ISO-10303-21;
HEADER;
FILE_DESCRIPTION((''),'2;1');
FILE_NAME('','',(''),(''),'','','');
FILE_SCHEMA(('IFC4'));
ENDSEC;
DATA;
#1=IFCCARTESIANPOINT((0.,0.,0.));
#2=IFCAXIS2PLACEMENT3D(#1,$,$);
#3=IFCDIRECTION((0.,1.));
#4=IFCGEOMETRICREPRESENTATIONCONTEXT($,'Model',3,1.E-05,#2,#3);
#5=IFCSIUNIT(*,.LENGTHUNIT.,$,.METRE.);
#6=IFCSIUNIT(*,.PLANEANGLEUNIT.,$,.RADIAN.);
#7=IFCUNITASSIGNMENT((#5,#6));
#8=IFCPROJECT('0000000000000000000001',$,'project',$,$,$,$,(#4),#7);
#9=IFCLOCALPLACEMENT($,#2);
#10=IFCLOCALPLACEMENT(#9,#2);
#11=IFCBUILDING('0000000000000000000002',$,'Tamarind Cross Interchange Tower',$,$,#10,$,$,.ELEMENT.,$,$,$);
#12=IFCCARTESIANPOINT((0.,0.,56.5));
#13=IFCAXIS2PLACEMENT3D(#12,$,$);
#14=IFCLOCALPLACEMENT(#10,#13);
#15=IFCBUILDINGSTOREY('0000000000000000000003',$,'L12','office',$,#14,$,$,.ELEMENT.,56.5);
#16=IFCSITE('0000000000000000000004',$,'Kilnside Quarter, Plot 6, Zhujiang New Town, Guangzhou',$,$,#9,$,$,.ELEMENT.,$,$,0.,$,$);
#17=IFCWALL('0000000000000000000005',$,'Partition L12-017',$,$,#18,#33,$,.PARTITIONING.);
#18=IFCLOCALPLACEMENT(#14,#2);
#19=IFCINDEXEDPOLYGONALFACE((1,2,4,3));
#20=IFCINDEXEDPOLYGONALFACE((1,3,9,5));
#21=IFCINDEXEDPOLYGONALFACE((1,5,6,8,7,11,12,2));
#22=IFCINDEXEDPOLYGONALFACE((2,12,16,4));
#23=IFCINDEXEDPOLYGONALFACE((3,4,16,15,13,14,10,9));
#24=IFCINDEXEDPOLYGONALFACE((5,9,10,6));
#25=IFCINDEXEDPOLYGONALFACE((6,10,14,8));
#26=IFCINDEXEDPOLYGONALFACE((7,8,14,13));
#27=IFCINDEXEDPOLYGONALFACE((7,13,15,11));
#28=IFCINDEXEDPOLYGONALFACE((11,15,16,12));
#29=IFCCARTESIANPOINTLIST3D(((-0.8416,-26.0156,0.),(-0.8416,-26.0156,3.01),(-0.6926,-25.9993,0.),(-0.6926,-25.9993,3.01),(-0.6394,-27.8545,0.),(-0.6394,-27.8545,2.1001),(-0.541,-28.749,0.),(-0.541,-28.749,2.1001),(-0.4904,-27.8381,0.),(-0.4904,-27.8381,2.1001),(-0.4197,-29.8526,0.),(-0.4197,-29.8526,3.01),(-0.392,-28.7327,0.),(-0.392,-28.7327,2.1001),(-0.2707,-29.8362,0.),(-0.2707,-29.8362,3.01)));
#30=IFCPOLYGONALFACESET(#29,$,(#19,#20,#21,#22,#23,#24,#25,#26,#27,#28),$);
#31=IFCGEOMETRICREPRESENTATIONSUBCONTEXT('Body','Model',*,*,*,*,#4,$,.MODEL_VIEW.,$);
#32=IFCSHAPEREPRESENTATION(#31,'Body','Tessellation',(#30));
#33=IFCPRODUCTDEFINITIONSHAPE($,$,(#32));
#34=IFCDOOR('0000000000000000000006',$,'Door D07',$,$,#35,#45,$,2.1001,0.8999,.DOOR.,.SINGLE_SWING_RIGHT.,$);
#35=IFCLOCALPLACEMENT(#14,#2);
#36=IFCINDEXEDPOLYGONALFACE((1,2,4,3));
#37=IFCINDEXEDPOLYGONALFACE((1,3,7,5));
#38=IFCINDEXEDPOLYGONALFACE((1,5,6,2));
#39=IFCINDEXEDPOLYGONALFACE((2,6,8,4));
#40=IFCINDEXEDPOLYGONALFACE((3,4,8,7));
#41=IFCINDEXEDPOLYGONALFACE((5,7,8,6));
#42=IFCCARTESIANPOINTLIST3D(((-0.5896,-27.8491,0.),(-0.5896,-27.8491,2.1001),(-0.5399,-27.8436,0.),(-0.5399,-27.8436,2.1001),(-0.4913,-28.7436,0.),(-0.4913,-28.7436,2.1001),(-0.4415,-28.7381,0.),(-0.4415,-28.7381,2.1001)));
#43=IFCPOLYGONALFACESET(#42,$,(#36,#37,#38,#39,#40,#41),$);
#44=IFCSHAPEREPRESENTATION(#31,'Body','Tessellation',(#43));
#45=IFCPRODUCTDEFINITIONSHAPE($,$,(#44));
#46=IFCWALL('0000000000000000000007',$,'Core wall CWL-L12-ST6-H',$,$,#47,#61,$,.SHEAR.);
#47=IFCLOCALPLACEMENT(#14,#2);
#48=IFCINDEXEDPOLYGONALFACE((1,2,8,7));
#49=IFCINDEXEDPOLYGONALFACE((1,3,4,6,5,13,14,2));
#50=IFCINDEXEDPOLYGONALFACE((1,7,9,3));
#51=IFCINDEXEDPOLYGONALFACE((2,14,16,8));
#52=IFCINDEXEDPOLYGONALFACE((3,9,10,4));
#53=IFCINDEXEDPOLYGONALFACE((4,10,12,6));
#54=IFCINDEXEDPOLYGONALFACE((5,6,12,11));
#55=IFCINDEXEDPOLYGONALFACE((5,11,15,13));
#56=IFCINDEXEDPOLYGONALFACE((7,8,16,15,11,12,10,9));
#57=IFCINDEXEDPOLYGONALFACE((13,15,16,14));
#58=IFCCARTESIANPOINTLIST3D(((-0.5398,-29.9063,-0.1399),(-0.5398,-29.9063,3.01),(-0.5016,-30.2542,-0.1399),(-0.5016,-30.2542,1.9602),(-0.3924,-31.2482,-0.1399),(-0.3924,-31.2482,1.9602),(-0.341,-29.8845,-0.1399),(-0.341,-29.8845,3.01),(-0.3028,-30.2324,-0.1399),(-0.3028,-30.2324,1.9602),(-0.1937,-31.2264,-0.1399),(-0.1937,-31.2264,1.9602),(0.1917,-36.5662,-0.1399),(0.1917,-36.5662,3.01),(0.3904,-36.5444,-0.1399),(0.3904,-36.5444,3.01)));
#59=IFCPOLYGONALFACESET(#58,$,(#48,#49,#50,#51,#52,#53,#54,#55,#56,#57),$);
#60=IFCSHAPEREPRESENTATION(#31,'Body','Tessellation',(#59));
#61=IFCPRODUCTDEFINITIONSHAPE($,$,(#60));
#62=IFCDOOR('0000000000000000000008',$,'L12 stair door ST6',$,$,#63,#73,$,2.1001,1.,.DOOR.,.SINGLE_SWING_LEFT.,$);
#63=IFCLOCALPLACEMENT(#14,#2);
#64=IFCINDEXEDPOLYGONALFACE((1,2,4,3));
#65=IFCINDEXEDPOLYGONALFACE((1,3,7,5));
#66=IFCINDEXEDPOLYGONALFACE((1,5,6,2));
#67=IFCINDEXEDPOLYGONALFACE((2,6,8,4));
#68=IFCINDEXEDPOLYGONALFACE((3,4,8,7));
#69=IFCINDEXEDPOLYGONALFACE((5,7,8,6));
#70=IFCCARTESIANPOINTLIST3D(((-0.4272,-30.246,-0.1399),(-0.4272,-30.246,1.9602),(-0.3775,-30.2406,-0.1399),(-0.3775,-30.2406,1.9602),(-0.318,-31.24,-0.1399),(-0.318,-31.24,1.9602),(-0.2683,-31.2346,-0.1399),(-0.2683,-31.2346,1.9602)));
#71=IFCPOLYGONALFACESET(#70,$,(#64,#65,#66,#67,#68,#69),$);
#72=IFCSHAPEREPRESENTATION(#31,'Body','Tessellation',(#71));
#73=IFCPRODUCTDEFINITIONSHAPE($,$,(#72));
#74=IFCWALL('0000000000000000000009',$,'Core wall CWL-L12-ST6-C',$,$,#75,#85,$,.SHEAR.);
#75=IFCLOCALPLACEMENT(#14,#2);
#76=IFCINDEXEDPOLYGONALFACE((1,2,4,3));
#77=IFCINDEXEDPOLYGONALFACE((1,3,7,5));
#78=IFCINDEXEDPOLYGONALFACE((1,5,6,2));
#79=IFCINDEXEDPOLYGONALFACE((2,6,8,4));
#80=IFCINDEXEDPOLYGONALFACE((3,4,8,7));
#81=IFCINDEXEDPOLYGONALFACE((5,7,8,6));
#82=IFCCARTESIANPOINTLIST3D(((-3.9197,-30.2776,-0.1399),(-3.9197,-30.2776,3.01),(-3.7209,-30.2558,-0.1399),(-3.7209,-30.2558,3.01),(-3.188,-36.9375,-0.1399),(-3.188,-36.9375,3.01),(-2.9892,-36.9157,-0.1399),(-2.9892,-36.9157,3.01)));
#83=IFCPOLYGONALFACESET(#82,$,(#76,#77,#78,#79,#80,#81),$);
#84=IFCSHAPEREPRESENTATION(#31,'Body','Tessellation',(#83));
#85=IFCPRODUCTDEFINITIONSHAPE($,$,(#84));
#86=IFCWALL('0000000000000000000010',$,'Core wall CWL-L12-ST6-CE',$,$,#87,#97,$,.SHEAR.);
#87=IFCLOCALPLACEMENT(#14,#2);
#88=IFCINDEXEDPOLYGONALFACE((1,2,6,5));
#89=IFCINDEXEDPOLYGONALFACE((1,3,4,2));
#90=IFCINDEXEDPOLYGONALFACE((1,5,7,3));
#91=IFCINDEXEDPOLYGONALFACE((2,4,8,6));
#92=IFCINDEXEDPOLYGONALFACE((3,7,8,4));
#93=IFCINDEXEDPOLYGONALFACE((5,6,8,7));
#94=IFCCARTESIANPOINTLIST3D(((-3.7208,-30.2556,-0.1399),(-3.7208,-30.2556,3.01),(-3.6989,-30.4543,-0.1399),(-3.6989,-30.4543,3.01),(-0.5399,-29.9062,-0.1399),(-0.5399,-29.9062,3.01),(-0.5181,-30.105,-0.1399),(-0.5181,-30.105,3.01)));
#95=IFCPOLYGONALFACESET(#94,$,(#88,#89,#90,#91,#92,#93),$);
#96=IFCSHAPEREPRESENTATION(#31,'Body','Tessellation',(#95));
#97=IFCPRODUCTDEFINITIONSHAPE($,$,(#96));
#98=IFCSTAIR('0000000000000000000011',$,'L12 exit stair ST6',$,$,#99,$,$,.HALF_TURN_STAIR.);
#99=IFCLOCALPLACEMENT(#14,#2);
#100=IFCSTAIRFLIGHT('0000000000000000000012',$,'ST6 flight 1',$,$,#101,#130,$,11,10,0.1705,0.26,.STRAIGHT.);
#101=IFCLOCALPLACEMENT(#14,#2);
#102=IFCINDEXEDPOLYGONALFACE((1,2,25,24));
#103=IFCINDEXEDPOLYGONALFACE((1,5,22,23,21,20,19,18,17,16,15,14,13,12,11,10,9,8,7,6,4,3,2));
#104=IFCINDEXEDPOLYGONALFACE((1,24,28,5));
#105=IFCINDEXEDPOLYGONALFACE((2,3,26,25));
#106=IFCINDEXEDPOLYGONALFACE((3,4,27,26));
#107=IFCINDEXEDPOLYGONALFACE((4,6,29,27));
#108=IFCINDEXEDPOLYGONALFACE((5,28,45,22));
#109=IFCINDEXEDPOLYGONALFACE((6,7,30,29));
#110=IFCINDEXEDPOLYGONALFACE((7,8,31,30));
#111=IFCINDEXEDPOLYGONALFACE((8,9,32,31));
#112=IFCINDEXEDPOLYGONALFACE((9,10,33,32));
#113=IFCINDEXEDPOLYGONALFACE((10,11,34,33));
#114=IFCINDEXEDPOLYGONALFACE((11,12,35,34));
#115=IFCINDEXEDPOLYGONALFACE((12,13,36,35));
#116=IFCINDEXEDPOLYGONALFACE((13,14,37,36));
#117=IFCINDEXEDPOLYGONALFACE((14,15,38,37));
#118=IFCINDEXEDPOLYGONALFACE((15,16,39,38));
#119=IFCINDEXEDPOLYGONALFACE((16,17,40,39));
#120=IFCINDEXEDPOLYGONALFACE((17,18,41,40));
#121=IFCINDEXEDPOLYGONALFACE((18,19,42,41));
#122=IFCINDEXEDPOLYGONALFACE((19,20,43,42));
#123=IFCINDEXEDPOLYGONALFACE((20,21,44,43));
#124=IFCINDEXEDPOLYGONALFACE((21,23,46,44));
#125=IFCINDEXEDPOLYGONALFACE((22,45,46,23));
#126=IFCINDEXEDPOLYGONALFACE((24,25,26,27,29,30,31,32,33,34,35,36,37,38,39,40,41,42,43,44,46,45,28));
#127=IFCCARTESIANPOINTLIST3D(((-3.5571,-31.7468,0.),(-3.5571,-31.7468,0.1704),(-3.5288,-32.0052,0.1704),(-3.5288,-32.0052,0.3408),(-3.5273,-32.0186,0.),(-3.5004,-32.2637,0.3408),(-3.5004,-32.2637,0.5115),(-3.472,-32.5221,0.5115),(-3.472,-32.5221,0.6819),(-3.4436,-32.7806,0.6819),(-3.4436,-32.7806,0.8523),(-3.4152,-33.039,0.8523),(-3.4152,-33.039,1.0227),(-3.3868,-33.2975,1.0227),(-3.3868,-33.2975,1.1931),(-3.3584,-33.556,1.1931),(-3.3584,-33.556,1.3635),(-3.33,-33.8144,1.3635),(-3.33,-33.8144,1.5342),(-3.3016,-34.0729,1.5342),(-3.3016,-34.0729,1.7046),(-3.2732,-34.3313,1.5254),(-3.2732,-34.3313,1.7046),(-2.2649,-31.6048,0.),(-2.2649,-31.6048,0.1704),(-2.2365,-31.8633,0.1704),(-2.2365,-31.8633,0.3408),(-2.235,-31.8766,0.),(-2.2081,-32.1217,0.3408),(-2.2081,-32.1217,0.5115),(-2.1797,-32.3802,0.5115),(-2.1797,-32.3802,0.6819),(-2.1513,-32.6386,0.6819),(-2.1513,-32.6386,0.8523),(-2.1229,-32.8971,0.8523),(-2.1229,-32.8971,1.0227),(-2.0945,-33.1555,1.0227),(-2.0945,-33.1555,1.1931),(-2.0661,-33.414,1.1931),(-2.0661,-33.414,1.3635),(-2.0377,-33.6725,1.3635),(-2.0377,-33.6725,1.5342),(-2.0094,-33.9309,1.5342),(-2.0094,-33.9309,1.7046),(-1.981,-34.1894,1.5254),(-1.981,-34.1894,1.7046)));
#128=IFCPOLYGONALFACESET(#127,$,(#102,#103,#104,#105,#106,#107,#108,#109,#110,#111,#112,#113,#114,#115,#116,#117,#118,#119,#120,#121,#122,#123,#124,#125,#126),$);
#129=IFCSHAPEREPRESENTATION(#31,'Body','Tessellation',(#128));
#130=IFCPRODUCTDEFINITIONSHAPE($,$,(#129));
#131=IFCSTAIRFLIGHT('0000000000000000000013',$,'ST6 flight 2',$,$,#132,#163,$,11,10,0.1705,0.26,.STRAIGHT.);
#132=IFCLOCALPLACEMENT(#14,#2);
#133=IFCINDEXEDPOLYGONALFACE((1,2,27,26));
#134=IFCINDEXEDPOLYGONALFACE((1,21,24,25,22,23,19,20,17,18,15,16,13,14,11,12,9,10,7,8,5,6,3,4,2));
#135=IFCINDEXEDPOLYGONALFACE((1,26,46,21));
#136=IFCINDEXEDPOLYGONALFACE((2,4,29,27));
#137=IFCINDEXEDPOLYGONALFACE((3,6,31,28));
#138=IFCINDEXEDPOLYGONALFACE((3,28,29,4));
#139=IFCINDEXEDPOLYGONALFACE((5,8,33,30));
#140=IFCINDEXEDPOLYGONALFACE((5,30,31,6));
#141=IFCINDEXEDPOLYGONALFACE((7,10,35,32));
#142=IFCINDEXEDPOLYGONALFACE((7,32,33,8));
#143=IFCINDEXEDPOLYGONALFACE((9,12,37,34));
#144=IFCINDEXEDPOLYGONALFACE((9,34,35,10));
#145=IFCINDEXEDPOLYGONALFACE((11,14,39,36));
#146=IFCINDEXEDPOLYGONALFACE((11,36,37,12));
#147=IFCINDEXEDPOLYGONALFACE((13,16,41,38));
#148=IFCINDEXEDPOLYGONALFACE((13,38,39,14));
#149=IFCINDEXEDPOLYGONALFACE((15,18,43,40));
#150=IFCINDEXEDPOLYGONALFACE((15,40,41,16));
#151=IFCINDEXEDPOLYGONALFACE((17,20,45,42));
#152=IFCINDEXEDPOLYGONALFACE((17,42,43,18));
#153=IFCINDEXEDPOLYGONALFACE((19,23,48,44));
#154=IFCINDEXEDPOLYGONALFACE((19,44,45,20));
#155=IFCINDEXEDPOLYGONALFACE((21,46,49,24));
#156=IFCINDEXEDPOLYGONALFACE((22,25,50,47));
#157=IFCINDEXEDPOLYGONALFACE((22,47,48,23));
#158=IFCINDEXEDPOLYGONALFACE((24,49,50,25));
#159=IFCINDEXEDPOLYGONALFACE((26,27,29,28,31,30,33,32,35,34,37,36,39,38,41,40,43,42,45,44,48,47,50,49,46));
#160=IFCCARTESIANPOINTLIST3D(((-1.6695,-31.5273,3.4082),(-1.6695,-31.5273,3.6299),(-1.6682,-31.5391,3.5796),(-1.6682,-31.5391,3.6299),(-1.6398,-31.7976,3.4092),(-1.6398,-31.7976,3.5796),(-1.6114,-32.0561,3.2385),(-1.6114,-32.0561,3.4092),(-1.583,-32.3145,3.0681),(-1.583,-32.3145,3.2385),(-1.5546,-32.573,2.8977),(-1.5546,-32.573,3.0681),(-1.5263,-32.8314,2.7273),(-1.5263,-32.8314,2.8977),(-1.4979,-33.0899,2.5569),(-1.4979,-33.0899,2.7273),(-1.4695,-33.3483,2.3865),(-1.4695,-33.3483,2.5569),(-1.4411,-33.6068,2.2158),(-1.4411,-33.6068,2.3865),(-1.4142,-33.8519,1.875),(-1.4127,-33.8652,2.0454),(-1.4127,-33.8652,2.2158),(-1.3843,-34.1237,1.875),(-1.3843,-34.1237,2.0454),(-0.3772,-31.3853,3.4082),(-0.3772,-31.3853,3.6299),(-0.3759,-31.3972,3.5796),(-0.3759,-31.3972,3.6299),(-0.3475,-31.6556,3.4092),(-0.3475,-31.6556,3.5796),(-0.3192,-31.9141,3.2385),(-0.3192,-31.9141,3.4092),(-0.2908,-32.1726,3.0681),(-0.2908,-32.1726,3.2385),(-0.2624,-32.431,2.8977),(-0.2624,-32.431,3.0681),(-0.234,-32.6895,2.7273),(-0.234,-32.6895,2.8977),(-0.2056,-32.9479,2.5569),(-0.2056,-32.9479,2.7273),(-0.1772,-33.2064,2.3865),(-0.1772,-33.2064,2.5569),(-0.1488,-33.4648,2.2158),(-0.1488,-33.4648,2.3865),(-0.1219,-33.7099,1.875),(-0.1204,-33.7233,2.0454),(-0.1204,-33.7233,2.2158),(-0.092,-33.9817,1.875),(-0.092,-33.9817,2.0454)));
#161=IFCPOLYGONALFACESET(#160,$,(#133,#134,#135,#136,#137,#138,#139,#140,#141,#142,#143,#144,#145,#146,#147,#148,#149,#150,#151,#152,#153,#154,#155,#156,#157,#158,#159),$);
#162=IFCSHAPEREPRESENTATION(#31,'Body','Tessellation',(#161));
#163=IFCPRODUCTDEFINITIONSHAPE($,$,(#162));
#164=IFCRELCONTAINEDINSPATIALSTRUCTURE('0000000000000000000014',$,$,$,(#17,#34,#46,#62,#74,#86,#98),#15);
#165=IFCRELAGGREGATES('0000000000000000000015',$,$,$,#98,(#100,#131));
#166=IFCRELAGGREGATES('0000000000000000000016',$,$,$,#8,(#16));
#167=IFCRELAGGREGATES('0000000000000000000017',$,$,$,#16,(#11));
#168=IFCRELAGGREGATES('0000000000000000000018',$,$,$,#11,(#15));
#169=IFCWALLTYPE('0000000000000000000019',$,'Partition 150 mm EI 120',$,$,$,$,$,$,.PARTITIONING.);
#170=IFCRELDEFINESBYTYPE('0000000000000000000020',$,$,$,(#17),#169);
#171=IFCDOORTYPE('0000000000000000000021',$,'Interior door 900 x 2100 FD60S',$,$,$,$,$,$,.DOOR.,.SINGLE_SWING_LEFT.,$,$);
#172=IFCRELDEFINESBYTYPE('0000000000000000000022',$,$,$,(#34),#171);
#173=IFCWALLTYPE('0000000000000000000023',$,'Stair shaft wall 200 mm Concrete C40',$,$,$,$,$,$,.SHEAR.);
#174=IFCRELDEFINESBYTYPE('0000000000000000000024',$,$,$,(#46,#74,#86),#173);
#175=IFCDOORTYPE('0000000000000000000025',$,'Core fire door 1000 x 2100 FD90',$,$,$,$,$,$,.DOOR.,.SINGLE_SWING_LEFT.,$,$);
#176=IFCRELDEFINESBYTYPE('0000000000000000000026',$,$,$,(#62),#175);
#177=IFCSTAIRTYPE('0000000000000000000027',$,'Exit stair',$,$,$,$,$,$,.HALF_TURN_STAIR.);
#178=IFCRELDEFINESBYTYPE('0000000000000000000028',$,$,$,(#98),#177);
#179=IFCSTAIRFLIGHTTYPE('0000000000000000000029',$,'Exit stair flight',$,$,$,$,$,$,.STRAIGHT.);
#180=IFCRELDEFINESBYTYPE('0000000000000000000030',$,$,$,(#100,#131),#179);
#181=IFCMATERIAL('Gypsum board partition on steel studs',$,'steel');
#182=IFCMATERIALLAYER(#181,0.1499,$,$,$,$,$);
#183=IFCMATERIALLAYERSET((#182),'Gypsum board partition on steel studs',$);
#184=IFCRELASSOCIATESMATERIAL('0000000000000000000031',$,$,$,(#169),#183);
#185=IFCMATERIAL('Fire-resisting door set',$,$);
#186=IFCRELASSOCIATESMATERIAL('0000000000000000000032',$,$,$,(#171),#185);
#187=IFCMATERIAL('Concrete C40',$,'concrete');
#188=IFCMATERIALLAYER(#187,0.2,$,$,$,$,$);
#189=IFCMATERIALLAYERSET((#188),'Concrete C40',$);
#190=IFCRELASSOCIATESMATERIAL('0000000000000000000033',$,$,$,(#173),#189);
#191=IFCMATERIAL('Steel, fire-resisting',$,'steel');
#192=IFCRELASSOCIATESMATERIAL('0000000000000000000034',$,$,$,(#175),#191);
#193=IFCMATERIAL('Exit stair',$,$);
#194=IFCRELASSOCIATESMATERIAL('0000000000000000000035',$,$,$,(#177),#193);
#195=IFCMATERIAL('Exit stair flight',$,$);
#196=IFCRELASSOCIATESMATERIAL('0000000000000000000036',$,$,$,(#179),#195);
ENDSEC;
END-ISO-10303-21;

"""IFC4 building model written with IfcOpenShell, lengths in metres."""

from ifc_helpers import new_model, si_unit, direction, frame, frame_2d, origin, place, context, subcontext, project, spatial, polyline, rectangle, outline, extrude, material, layer, layer_set, type_object, element, fill, aggregate, save


model = new_model("IFC4")

# Units and contexts
model_context = context("Model", 3, precision=1e-05, world=origin(), true_north=direction((0.0, 1.0)))
body_context = subcontext(model_context, "Body", "Model", "MODEL_VIEW")
ifc_project = project(units=[si_unit("LENGTHUNIT", "METRE"), si_unit("PLANEANGLEUNIT", "RADIAN")], contexts=[model_context])

# Site, building, storey
site_placement = place(None, origin())
site = spatial("IfcSite", under=ifc_project, at=site_placement, Name="Kilnside Quarter, Plot 6, Zhujiang New Town, Guangzhou", CompositionType="ELEMENT", RefElevation=0.0)
building_placement = place(site_placement, origin())
building = spatial("IfcBuilding", under=site, at=building_placement, Name="Tamarind Cross Interchange Tower", CompositionType="ELEMENT")
storey_placement = place(building_placement, frame((0.0, 0.0, 56.5)))
storey = spatial("IfcBuildingStorey", under=building, at=storey_placement, Name="L12", Description="office", CompositionType="ELEMENT", Elevation=56.5)

# Walls, openings, doors
ifc_material_1 = material(Name="Gypsum board partition on steel studs", Category="steel")
ifc_layer_1 = layer(ifc_material_1, 0.1499)
ifc_layer_set_1 = layer_set([ifc_layer_1], Name="Gypsum board partition on steel studs")
wall_type_1 = type_object("IfcWallType", Name="Partition 150 mm EI 120", PredefinedType="PARTITIONING", material=ifc_layer_set_1)
ifc_material_2 = material(Name="Fire-resisting door set")
wall_1_placement = place(storey_placement, frame((-0.7671, -26.0073, 0.0), z_axis=(0.0, 0.0, 1.0), x_axis=(0.109293, -0.99401, 0.0)))
wall_1 = element("IfcWall", 1, at=wall_1_placement, inside=storey, type_object=wall_type_1, Name="Partition L12-017", PredefinedType="PARTITIONING", context=body_context, shape_type="SweptSolid", body=[
    extrude(rectangle(XDim=3.8601, YDim=0.1499, at=frame_2d((1.9302, 0.0))), origin(), (0.0, 0.0, 1.0), 3.01),
])
opening_1_placement = place(wall_1_placement, frame((1.8501, 0.0, 0.0)))
opening_1 = element("IfcOpeningElement", 2, at=opening_1_placement, cuts=wall_1, PredefinedType="OPENING", context=body_context, shape_type="SweptSolid", body=[
    extrude(rectangle(XDim=0.8999, YDim=2.1001, at=frame_2d((0.45, 1.05))), frame((0.0, 0.085, 0.0), z_axis=(0.0, -1.0, 0.0), x_axis=(1.0, 0.0, 0.0)), (0.0, 0.0, 1.0), 0.1699),
])
door_type_1 = type_object("IfcDoorType", Name="Interior door 900 x 2100 FD60S", OperationType="SINGLE_SWING_LEFT", PredefinedType="DOOR", material=ifc_material_2)
door_1_placement = place(opening_1_placement, frame((0.8999, 0.0, 0.0), z_axis=(0.0, 0.0, 1.0), x_axis=(-1.0, 0.0, 0.0)))
door_1 = element("IfcDoor", 3, at=door_1_placement, inside=storey, type_object=door_type_1, Name="Door D07", OperationType="SINGLE_SWING_RIGHT", OverallHeight=2.1001, OverallWidth=0.8999, PredefinedType="DOOR", context=body_context, shape_type="SweptSolid", body=[
    extrude(rectangle(XDim=0.8999, YDim=2.1001, at=frame_2d((0.45, 1.05))), frame((0.0, 0.0249, 0.0), z_axis=(0.0, -1.0, 0.0), x_axis=(1.0, 0.0, 0.0)), (0.0, 0.0, 1.0), 0.05),
])
fill(opening_1, door_1)
ifc_material_3 = material(Name="Concrete C40", Category="concrete")
ifc_layer_2 = layer(ifc_material_3, 0.2)
ifc_layer_set_2 = layer_set([ifc_layer_2], Name="Concrete C40")
wall_type_2 = type_object("IfcWallType", Name="Stair shaft wall 200 mm Concrete C40", PredefinedType="SHEAR", material=ifc_layer_set_2)
wall_2_placement = place(storey_placement, frame((-0.4404, -29.8953, -0.1399), z_axis=(0.0, 0.0, 1.0), x_axis=(0.109172, -0.994023, 0.0)))
wall_2 = element("IfcWall", 4, at=wall_2_placement, inside=storey, type_object=wall_type_2, Name="Core wall CWL-L12-ST6-H", PredefinedType="SHEAR", context=body_context, shape_type="SweptSolid", body=[
    extrude(rectangle(XDim=6.7, YDim=0.2, at=frame_2d((3.3501, 0.0))), origin(), (0.0, 0.0, 1.0), 3.1499),
])
opening_2_placement = place(wall_2_placement, frame((0.3501, 0.0, 0.0)))
opening_2 = element("IfcOpeningElement", 5, at=opening_2_placement, cuts=wall_2, PredefinedType="OPENING", context=body_context, shape_type="SweptSolid", body=[
    extrude(rectangle(XDim=1.0, YDim=2.1001, at=frame_2d((0.5, 1.05))), frame((0.0, 0.1099, 0.0), z_axis=(0.0, -1.0, 0.0), x_axis=(1.0, 0.0, 0.0)), (0.0, 0.0, 1.0), 0.22),
])
ifc_material_4 = material(Name="Steel, fire-resisting", Category="steel")
door_type_2 = type_object("IfcDoorType", Name="Core fire door 1000 x 2100 FD90", OperationType="SINGLE_SWING_LEFT", PredefinedType="DOOR", material=ifc_material_4)
door_2_placement = place(opening_2_placement, origin())
door_2 = element("IfcDoor", 6, at=door_2_placement, inside=storey, type_object=door_type_2, Name="L12 stair door ST6", OperationType="SINGLE_SWING_LEFT", OverallHeight=2.1001, OverallWidth=1.0, PredefinedType="DOOR", context=body_context, shape_type="SweptSolid", body=[
    extrude(rectangle(XDim=1.0, YDim=2.1001, at=frame_2d((0.5, 1.05))), frame((0.0, 0.0249, 0.0), z_axis=(0.0, -1.0, 0.0), x_axis=(1.0, 0.0, 0.0)), (0.0, 0.0, 1.0), 0.05),
])
fill(opening_2, door_2)

# Walls
wall_3_placement = place(storey_placement, frame((-3.8203, -30.2666, -0.1399), z_axis=(0.0, 0.0, 1.0), x_axis=(0.109208, -0.994019, 0.0)))
element("IfcWall", 7, at=wall_3_placement, inside=storey, type_object=wall_type_2, Name="Core wall CWL-L12-ST6-C", PredefinedType="SHEAR", context=body_context, shape_type="SweptSolid", body=[
    extrude(rectangle(XDim=6.7, YDim=0.2, at=frame_2d((3.3501, 0.0))), origin(), (0.0, 0.0, 1.0), 3.1499),
])
wall_4_placement = place(storey_placement, frame((-3.71, -30.355, -0.1399), z_axis=(0.0, 0.0, 1.0), x_axis=(0.994023, 0.109175, 0.0)))
element("IfcWall", 8, at=wall_4_placement, inside=storey, type_object=wall_type_2, Name="Core wall CWL-L12-ST6-CE", PredefinedType="SHEAR", context=body_context, shape_type="SweptSolid", body=[
    extrude(rectangle(XDim=3.2, YDim=0.2, at=frame_2d((1.6001, 0.0))), origin(), (0.0, 0.0, 1.0), 3.1499),
])

# Stair, stair flights
ifc_material_5 = material(Name="Exit stair")
stair_type = type_object("IfcStairType", Name="Exit stair", PredefinedType="HALF_TURN_STAIR", material=ifc_material_5)
stair_placement = place(storey_placement, origin())
stair = element("IfcStair", 9, at=stair_placement, inside=storey, type_object=stair_type, Name="L12 exit stair ST6", PredefinedType="HALF_TURN_STAIR")
ifc_material_6 = material(Name="Exit stair flight")
stair_flight_type = type_object("IfcStairFlightType", Name="Exit stair flight", PredefinedType="STRAIGHT", material=ifc_material_6)
stair_flight_1_placement = place(storey_placement, frame((-2.9109, -31.6758, 0.0), z_axis=(0.0, 0.0, 1.0), x_axis=(0.109193, -0.994021, 0.0)))
stair_flight_1 = element("IfcStairFlight", 10, at=stair_flight_1_placement, type_object=stair_flight_type, Name="ST6 flight 1", NumberOfRisers=11, NumberOfTreads=10, PredefinedType="STRAIGHT", RiserHeight=0.1705, TreadLength=0.26, context=body_context, shape_type="SweptSolid", body=[
    extrude(outline(polyline([(0.0, 0.0), (0.0, 0.1704), (0.26, 0.1704), (0.26, 0.3408), (0.52, 0.3408), (0.52, 0.5115), (0.78, 0.5115), (0.78, 0.6819), (1.04, 0.6819), (1.04, 0.8523), (1.3, 0.8523), (1.3, 1.0227), (1.5601, 1.0227), (1.5601, 1.1931), (1.8201, 1.1931), (1.8201, 1.3635), (2.0801, 1.3635), (2.0801, 1.5342), (2.3401, 1.5342), (2.3401, 1.7046), (2.6001, 1.7046), (2.6001, 1.875), (2.6001, 1.5254), (0.2734, 0.0), (0.0, 0.0)])), frame((0.0, 0.6499, 0.0), z_axis=(0.0, -1.0, 0.0), x_axis=(1.0, 0.0, 0.0)), (0.0, 0.0, 1.0), 1.3),
])
stair_flight_2_placement = place(storey_placement, frame((-0.7383, -34.0527, 1.875), z_axis=(0.0, 0.0, 1.0), x_axis=(-0.109193, 0.994021, 0.0)))
stair_flight_2 = element("IfcStairFlight", 11, at=stair_flight_2_placement, type_object=stair_flight_type, Name="ST6 flight 2", NumberOfRisers=11, NumberOfTreads=10, PredefinedType="STRAIGHT", RiserHeight=0.1705, TreadLength=0.26, context=body_context, shape_type="SweptSolid", body=[
    extrude(outline(polyline([(0.0, 0.0), (0.0, 0.1704), (0.26, 0.1704), (0.26, 0.3408), (0.52, 0.3408), (0.52, 0.5115), (0.78, 0.5115), (0.78, 0.6819), (1.04, 0.6819), (1.04, 0.8523), (1.3, 0.8523), (1.3, 1.0227), (1.5601, 1.0227), (1.5601, 1.1931), (1.8201, 1.1931), (1.8201, 1.3635), (2.0801, 1.3635), (2.0801, 1.5342), (2.3401, 1.5342), (2.3401, 1.7046), (2.6001, 1.7046), (2.6001, 1.7549), (2.6121, 1.7549), (2.6121, 1.5332), (0.2734, 0.0), (0.0, 0.0)])), frame((0.0, 0.6499, 0.0), z_axis=(0.0, -1.0, 0.0), x_axis=(1.0, 0.0, 0.0)), (0.0, 0.0, 1.0), 1.3),
])
aggregate(stair, [stair_flight_1, stair_flight_2])

save(model, "model.ifc")
